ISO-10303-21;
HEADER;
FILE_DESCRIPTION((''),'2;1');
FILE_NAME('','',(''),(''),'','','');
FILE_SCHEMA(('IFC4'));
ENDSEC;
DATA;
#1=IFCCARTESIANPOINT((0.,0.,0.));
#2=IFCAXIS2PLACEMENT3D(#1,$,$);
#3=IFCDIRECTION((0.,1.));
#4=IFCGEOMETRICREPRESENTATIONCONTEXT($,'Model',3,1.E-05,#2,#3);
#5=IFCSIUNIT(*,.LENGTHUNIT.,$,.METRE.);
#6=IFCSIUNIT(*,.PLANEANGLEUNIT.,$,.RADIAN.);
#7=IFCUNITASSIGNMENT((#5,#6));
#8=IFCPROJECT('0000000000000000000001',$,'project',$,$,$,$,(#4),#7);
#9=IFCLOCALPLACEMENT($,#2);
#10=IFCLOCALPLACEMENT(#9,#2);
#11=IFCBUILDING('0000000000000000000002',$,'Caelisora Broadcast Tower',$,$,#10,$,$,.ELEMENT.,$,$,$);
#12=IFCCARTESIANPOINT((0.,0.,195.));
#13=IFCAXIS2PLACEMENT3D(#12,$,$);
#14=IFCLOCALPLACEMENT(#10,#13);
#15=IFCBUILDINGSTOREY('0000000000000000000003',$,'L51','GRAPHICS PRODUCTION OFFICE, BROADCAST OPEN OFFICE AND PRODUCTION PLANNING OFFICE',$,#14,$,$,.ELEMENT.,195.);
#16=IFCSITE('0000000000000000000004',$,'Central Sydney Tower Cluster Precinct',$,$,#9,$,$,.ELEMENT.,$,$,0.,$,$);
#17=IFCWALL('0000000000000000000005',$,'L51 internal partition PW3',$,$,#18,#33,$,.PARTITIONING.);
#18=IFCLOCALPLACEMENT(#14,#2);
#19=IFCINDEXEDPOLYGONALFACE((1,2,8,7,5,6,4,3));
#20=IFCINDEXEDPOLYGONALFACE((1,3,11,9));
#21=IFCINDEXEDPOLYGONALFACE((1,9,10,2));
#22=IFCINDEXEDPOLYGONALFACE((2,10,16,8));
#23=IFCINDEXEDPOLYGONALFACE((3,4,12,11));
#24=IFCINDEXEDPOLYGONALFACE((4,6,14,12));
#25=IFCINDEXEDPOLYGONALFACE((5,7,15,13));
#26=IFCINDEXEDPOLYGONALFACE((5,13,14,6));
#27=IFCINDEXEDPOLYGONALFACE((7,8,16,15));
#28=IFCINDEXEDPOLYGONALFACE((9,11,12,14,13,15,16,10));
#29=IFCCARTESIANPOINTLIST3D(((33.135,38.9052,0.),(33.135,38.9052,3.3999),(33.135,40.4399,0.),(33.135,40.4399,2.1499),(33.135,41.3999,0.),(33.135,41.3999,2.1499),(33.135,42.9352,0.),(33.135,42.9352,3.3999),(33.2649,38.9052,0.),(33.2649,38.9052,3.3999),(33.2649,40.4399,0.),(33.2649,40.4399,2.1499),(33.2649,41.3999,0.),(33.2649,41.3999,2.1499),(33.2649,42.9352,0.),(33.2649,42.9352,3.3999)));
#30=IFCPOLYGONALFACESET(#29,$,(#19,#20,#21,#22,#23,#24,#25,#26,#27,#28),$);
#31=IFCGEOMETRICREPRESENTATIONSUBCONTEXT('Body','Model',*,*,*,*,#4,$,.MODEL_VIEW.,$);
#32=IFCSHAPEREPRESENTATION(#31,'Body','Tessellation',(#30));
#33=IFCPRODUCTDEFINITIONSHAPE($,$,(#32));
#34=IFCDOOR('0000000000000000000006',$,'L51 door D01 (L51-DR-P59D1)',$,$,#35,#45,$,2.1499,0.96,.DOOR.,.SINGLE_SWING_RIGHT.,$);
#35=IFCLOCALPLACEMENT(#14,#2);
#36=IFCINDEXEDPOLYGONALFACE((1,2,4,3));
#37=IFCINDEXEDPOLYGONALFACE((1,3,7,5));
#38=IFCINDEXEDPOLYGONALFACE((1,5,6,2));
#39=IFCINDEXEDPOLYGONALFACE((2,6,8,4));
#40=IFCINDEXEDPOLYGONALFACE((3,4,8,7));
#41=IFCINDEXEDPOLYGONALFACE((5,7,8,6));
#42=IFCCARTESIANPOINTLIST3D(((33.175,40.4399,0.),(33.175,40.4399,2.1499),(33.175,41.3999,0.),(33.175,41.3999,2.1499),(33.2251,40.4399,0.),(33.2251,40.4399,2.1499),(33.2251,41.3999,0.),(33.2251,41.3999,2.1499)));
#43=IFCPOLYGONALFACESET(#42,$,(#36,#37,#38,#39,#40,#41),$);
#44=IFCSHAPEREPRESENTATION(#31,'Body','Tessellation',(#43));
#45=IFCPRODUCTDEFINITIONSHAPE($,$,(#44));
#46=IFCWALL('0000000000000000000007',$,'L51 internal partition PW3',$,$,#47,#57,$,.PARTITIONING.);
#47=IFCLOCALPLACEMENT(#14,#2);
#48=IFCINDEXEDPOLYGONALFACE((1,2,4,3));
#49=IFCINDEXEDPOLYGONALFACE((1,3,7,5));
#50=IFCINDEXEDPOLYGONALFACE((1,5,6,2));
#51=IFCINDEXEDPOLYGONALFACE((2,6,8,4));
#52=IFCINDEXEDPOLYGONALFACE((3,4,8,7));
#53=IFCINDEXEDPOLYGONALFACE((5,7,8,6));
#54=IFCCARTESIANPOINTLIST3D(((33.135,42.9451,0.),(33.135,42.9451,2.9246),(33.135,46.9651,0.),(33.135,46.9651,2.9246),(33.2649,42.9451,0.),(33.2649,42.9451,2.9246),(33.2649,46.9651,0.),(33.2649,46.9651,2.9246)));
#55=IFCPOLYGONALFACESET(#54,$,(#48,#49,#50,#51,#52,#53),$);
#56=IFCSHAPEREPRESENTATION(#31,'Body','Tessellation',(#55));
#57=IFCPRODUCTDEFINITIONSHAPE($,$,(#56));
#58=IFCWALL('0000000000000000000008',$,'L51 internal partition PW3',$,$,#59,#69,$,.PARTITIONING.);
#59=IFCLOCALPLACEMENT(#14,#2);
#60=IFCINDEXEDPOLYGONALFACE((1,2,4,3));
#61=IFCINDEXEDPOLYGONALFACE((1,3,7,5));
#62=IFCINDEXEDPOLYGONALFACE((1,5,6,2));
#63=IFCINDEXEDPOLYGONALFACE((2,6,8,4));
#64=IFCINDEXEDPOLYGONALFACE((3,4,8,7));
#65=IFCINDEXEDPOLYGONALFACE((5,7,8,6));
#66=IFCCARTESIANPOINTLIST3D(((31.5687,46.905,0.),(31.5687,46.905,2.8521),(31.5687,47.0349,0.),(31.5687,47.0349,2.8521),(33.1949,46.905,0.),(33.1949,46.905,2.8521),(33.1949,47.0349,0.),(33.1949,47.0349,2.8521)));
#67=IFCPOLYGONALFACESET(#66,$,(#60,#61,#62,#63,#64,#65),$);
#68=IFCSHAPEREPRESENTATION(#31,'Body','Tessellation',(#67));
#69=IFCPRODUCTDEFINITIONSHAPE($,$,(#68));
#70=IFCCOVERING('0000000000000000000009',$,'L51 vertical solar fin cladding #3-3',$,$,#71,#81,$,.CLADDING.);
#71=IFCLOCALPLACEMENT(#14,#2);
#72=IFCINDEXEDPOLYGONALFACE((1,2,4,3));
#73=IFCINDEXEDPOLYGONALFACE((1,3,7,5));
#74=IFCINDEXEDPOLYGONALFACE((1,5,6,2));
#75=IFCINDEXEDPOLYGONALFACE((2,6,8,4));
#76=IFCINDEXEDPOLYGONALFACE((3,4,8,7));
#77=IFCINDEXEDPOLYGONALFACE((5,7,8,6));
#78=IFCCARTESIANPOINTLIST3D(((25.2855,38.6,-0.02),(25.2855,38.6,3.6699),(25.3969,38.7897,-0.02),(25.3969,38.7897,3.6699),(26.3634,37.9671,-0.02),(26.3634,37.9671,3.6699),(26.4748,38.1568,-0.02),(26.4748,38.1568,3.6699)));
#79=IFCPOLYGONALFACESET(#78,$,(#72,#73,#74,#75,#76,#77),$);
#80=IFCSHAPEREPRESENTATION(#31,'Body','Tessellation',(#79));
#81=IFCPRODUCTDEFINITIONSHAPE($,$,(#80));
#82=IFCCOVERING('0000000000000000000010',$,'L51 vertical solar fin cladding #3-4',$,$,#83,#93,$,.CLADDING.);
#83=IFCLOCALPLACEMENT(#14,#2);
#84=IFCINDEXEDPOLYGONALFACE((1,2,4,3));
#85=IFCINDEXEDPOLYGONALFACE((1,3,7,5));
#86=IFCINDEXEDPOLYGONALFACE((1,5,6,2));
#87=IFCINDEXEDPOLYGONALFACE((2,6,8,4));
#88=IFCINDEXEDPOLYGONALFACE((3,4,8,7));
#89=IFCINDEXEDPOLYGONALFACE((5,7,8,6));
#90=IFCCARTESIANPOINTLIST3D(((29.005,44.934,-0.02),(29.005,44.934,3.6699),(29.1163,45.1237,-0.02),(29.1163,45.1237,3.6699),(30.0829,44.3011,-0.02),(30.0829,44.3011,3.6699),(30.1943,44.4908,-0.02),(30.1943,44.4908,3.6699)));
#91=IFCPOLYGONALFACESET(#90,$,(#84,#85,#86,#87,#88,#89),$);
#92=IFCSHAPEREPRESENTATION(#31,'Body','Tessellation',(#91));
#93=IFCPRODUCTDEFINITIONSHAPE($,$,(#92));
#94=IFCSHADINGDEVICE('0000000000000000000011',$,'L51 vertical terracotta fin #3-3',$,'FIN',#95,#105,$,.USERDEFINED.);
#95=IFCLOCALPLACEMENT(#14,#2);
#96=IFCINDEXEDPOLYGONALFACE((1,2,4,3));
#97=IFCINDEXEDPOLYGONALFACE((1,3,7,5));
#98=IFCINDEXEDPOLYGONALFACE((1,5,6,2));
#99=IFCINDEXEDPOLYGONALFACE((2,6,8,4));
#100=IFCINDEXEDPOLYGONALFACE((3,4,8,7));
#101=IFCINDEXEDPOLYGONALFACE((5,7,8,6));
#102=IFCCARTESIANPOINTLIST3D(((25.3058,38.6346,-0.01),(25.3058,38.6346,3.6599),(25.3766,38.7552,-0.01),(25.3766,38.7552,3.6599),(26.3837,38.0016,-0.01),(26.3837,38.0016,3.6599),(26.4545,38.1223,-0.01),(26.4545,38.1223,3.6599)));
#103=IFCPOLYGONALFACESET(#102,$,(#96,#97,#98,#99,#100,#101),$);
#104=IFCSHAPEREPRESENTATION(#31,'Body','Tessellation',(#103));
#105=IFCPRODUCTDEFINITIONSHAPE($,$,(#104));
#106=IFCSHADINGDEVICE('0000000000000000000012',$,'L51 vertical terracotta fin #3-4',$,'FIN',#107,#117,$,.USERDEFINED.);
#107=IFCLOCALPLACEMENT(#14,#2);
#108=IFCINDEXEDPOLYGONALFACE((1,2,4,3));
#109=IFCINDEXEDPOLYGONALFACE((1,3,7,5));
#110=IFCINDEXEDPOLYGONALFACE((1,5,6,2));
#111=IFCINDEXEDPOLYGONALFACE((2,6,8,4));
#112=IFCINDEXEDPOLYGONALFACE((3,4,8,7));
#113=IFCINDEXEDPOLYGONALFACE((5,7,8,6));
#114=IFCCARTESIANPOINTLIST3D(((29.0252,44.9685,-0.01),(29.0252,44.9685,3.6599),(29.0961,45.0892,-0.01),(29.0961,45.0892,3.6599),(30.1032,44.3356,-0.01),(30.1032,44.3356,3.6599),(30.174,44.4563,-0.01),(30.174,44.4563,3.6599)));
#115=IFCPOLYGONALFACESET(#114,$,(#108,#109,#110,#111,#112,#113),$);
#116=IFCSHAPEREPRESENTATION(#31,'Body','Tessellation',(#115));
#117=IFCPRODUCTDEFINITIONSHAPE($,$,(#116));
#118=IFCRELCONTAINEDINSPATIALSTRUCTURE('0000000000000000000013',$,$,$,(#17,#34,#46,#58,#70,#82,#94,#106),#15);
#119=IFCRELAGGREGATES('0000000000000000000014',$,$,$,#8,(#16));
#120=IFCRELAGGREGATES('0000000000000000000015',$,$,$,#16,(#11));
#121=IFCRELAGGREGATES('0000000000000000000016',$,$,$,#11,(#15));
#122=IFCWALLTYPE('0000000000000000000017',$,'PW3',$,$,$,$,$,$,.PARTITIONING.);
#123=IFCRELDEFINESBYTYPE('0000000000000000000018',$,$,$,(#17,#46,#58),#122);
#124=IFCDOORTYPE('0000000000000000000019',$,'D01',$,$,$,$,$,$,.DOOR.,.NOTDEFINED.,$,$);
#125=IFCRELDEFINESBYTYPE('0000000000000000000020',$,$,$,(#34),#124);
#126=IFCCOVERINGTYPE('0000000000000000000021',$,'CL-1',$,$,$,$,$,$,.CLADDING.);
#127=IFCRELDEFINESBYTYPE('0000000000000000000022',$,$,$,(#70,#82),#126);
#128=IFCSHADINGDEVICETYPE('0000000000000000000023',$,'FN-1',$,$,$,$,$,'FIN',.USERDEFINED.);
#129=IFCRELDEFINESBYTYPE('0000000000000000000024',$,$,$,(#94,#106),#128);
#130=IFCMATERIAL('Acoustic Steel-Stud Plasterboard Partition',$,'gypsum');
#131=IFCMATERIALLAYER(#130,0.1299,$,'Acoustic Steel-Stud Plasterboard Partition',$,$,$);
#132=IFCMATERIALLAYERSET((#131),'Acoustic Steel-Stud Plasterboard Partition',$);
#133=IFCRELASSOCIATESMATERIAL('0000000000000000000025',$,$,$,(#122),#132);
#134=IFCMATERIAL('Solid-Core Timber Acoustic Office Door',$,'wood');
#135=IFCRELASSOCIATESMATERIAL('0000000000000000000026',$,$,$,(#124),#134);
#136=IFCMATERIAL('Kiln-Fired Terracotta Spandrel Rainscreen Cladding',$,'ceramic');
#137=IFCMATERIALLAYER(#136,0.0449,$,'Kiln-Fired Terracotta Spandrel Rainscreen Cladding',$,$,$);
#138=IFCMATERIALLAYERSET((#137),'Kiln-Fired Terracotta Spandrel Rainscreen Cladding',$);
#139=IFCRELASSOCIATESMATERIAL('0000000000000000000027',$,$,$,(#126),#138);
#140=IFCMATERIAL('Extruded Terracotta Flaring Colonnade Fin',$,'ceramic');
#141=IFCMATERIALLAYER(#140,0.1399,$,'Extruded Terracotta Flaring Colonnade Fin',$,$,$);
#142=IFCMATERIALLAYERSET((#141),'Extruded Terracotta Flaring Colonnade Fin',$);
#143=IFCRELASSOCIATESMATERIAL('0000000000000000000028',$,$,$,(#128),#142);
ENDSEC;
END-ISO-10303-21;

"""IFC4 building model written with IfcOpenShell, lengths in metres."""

from ifc_helpers import new_model, si_unit, direction, frame, frame_2d, origin, origin_2d, place, context, subcontext, project, spatial, rectangle, extrude, source, transform, mapped, material, layer, layer_set, type_object, type_shapes, element, fill, save


model = new_model("IFC4")

# Units and contexts
model_context = context("Model", 3, precision=1e-05, world=origin(), true_north=direction((0.0, 1.0)))
body_context = subcontext(model_context, "Body", "Model", "MODEL_VIEW")
ifc_project = project(units=[si_unit("LENGTHUNIT", "METRE"), si_unit("PLANEANGLEUNIT", "RADIAN")], contexts=[model_context])

# Site, building, storey
site_placement = place(None, origin())
site = spatial("IfcSite", under=ifc_project, at=site_placement, Name="Central Sydney Tower Cluster Precinct", CompositionType="ELEMENT", RefElevation=0.0)
building_placement = place(site_placement, origin())
building = spatial("IfcBuilding", under=site, at=building_placement, Name="Caelisora Broadcast Tower", CompositionType="ELEMENT")
storey_placement = place(building_placement, frame((0.0, 0.0, 195.0)))
storey = spatial("IfcBuildingStorey", under=building, at=storey_placement, Name="L51", Description="GRAPHICS PRODUCTION OFFICE, BROADCAST OPEN OFFICE AND PRODUCTION PLANNING OFFICE", CompositionType="ELEMENT", Elevation=195.0)

# Shared definitions
ifc_material_1 = material(Name="Acoustic Steel-Stud Plasterboard Partition", Category="gypsum")
ifc_layer_1 = layer(ifc_material_1, 0.1299, Name="Acoustic Steel-Stud Plasterboard Partition")
ifc_layer_set_1 = layer_set([ifc_layer_1], Name="Acoustic Steel-Stud Plasterboard Partition")
wall_type_1 = type_object("IfcWallType", Name="PW3", PredefinedType="PARTITIONING", material=ifc_layer_set_1)
ifc_material_2 = material(Name="Solid-Core Timber Acoustic Office Door", Category="wood")
door_type = type_object("IfcDoorType", Name="D01", OperationType="NOTDEFINED", PredefinedType="DOOR", material=ifc_material_2)

# Wall, opening, door
wall_1_placement = place(storey_placement, frame((33.2, 38.905, 0.0), z_axis=(0.0, 0.0, 1.0), x_axis=(0.0, 1.0, 0.0)))
wall_1 = element("IfcWall", 1, at=wall_1_placement, inside=storey, type_object=wall_type_1, Name="L51 internal partition PW3", PredefinedType="PARTITIONING", context=body_context, shape_type="SweptSolid", body=[
    extrude(rectangle(XDim=4.03, YDim=0.1299, at=frame_2d((2.0151, 0.0))), origin(), (0.0, 0.0, 1.0), 3.3999),
])
opening_1_placement = place(wall_1_placement, frame((1.5349, 0.0, 0.0)))
opening_1 = element("IfcOpeningElement", 2, at=opening_1_placement, cuts=wall_1, PredefinedType="OPENING", context=body_context, shape_type="SweptSolid", body=[
    extrude(rectangle(XDim=0.96, YDim=2.1499, at=frame_2d((0.48, 1.075))), frame((0.0, 0.0769, 0.0), z_axis=(0.0, -1.0, 0.0), x_axis=(1.0, 0.0, 0.0)), (0.0, 0.0, 1.0), 0.1538),
])
door_1_placement = place(opening_1_placement, origin())
door_1 = element("IfcDoor", 3, at=door_1_placement, inside=storey, type_object=door_type, Name="L51 door D01 (L51-DR-P59D1)", OperationType="SINGLE_SWING_RIGHT", OverallHeight=2.1499, OverallWidth=0.96, PredefinedType="DOOR", context=body_context, shape_type="SweptSolid", body=[
    extrude(rectangle(XDim=0.96, YDim=2.1499, at=frame_2d((0.48, 1.075))), frame((0.0, 0.0249, 0.0), z_axis=(0.0, -1.0, 0.0), x_axis=(1.0, 0.0, 0.0)), (0.0, 0.0, 1.0), 0.05),
])
fill(opening_1, door_1)

# Walls
wall_2_placement = place(storey_placement, frame((33.2, 42.9451, 0.0), z_axis=(0.0, 0.0, 1.0), x_axis=(0.0, 1.0, 0.0)))
element("IfcWall", 4, at=wall_2_placement, inside=storey, type_object=wall_type_1, Name="L51 internal partition PW3", PredefinedType="PARTITIONING", context=body_context, shape_type="SweptSolid", body=[
    extrude(rectangle(XDim=4.02, YDim=0.1299, at=frame_2d((2.01, 0.0))), origin(), (0.0, 0.0, 1.0), 2.9246),
])
wall_3_placement = place(storey_placement, frame((31.5688, 46.97, 0.0), z_axis=(0.0, 0.0, 1.0), x_axis=(1.0, 0.0, 0.0)))
element("IfcWall", 5, at=wall_3_placement, inside=storey, type_object=wall_type_1, Name="L51 internal partition PW3", PredefinedType="PARTITIONING", context=body_context, shape_type="SweptSolid", body=[
    extrude(rectangle(XDim=1.6262, YDim=0.1299, at=frame_2d((0.813, 0.0))), origin(), (0.0, 0.0, 1.0), 2.8521),
])

# Coverings
ifc_material_3 = material(Name="Kiln-Fired Terracotta Spandrel Rainscreen Cladding", Category="ceramic")
ifc_layer_2 = layer(ifc_material_3, 0.0449, Name="Kiln-Fired Terracotta Spandrel Rainscreen Cladding")
ifc_layer_set_2 = layer_set([ifc_layer_2], Name="Kiln-Fired Terracotta Spandrel Rainscreen Cladding")
covering_type = type_object("IfcCoveringType", Name="CL-1", PredefinedType="CLADDING", material=ifc_layer_set_2)
shared_shape_1 = source(origin(), body_context, "Body", "SweptSolid", [
    extrude(rectangle(XDim=0.22, YDim=1.25, at=origin_2d()), origin(), (0.0, 0.0, 1.0), 3.6899),
])
type_shapes(covering_type, [shared_shape_1])
for number, where, z_axis, x_axis, name in (
    (6, (25.8801, 38.3784, -0.02), (0.0, 0.0, 1.0), (0.506335, 0.862337, 0.0), "L51 vertical solar fin cladding #3-3"),
    (7, (29.5996, 44.7124, -0.02), (0.0, 0.0, 1.0), (0.506335, 0.862337, 0.0), "L51 vertical solar fin cladding #3-4"),
):
    element("IfcCovering", number, at=place(storey_placement, frame(where, z_axis=z_axis, x_axis=x_axis)), inside=storey, type_object=covering_type, Name=name, PredefinedType="CLADDING", context=body_context, shape_type="MappedRepresentation", body=[
        mapped(shared_shape_1, transform((0.0, 0.0, 0.0), scale=1.0)),
    ])

# Shading devices
ifc_material_4 = material(Name="Extruded Terracotta Flaring Colonnade Fin", Category="ceramic")
ifc_layer_3 = layer(ifc_material_4, 0.1399, Name="Extruded Terracotta Flaring Colonnade Fin")
ifc_layer_set_3 = layer_set([ifc_layer_3], Name="Extruded Terracotta Flaring Colonnade Fin")
shading_device_type = type_object("IfcShadingDeviceType", Name="FN-1", ElementType="FIN", PredefinedType="USERDEFINED", material=ifc_layer_set_3)
shared_shape_2 = source(origin(), body_context, "Body", "SweptSolid", [
    extrude(rectangle(XDim=0.1399, YDim=1.25, at=origin_2d()), origin(), (0.0, 0.0, 1.0), 3.6699),
])
type_shapes(shading_device_type, [shared_shape_2])
for number, where, z_axis, x_axis, name in (
    (8, (25.8801, 38.3784, -0.01), (0.0, 0.0, 1.0), (0.506335, 0.862337, 0.0), "L51 vertical terracotta fin #3-3"),
    (9, (29.5996, 44.7124, -0.01), (0.0, 0.0, 1.0), (0.506335, 0.862337, 0.0), "L51 vertical terracotta fin #3-4"),
):
    element("IfcShadingDevice", number, at=place(storey_placement, frame(where, z_axis=z_axis, x_axis=x_axis)), inside=storey, type_object=shading_device_type, Name=name, ObjectType="FIN", PredefinedType="USERDEFINED", context=body_context, shape_type="MappedRepresentation", body=[
        mapped(shared_shape_2, transform((0.0, 0.0, 0.0), scale=1.0)),
    ])

save(model, "model.ifc")
